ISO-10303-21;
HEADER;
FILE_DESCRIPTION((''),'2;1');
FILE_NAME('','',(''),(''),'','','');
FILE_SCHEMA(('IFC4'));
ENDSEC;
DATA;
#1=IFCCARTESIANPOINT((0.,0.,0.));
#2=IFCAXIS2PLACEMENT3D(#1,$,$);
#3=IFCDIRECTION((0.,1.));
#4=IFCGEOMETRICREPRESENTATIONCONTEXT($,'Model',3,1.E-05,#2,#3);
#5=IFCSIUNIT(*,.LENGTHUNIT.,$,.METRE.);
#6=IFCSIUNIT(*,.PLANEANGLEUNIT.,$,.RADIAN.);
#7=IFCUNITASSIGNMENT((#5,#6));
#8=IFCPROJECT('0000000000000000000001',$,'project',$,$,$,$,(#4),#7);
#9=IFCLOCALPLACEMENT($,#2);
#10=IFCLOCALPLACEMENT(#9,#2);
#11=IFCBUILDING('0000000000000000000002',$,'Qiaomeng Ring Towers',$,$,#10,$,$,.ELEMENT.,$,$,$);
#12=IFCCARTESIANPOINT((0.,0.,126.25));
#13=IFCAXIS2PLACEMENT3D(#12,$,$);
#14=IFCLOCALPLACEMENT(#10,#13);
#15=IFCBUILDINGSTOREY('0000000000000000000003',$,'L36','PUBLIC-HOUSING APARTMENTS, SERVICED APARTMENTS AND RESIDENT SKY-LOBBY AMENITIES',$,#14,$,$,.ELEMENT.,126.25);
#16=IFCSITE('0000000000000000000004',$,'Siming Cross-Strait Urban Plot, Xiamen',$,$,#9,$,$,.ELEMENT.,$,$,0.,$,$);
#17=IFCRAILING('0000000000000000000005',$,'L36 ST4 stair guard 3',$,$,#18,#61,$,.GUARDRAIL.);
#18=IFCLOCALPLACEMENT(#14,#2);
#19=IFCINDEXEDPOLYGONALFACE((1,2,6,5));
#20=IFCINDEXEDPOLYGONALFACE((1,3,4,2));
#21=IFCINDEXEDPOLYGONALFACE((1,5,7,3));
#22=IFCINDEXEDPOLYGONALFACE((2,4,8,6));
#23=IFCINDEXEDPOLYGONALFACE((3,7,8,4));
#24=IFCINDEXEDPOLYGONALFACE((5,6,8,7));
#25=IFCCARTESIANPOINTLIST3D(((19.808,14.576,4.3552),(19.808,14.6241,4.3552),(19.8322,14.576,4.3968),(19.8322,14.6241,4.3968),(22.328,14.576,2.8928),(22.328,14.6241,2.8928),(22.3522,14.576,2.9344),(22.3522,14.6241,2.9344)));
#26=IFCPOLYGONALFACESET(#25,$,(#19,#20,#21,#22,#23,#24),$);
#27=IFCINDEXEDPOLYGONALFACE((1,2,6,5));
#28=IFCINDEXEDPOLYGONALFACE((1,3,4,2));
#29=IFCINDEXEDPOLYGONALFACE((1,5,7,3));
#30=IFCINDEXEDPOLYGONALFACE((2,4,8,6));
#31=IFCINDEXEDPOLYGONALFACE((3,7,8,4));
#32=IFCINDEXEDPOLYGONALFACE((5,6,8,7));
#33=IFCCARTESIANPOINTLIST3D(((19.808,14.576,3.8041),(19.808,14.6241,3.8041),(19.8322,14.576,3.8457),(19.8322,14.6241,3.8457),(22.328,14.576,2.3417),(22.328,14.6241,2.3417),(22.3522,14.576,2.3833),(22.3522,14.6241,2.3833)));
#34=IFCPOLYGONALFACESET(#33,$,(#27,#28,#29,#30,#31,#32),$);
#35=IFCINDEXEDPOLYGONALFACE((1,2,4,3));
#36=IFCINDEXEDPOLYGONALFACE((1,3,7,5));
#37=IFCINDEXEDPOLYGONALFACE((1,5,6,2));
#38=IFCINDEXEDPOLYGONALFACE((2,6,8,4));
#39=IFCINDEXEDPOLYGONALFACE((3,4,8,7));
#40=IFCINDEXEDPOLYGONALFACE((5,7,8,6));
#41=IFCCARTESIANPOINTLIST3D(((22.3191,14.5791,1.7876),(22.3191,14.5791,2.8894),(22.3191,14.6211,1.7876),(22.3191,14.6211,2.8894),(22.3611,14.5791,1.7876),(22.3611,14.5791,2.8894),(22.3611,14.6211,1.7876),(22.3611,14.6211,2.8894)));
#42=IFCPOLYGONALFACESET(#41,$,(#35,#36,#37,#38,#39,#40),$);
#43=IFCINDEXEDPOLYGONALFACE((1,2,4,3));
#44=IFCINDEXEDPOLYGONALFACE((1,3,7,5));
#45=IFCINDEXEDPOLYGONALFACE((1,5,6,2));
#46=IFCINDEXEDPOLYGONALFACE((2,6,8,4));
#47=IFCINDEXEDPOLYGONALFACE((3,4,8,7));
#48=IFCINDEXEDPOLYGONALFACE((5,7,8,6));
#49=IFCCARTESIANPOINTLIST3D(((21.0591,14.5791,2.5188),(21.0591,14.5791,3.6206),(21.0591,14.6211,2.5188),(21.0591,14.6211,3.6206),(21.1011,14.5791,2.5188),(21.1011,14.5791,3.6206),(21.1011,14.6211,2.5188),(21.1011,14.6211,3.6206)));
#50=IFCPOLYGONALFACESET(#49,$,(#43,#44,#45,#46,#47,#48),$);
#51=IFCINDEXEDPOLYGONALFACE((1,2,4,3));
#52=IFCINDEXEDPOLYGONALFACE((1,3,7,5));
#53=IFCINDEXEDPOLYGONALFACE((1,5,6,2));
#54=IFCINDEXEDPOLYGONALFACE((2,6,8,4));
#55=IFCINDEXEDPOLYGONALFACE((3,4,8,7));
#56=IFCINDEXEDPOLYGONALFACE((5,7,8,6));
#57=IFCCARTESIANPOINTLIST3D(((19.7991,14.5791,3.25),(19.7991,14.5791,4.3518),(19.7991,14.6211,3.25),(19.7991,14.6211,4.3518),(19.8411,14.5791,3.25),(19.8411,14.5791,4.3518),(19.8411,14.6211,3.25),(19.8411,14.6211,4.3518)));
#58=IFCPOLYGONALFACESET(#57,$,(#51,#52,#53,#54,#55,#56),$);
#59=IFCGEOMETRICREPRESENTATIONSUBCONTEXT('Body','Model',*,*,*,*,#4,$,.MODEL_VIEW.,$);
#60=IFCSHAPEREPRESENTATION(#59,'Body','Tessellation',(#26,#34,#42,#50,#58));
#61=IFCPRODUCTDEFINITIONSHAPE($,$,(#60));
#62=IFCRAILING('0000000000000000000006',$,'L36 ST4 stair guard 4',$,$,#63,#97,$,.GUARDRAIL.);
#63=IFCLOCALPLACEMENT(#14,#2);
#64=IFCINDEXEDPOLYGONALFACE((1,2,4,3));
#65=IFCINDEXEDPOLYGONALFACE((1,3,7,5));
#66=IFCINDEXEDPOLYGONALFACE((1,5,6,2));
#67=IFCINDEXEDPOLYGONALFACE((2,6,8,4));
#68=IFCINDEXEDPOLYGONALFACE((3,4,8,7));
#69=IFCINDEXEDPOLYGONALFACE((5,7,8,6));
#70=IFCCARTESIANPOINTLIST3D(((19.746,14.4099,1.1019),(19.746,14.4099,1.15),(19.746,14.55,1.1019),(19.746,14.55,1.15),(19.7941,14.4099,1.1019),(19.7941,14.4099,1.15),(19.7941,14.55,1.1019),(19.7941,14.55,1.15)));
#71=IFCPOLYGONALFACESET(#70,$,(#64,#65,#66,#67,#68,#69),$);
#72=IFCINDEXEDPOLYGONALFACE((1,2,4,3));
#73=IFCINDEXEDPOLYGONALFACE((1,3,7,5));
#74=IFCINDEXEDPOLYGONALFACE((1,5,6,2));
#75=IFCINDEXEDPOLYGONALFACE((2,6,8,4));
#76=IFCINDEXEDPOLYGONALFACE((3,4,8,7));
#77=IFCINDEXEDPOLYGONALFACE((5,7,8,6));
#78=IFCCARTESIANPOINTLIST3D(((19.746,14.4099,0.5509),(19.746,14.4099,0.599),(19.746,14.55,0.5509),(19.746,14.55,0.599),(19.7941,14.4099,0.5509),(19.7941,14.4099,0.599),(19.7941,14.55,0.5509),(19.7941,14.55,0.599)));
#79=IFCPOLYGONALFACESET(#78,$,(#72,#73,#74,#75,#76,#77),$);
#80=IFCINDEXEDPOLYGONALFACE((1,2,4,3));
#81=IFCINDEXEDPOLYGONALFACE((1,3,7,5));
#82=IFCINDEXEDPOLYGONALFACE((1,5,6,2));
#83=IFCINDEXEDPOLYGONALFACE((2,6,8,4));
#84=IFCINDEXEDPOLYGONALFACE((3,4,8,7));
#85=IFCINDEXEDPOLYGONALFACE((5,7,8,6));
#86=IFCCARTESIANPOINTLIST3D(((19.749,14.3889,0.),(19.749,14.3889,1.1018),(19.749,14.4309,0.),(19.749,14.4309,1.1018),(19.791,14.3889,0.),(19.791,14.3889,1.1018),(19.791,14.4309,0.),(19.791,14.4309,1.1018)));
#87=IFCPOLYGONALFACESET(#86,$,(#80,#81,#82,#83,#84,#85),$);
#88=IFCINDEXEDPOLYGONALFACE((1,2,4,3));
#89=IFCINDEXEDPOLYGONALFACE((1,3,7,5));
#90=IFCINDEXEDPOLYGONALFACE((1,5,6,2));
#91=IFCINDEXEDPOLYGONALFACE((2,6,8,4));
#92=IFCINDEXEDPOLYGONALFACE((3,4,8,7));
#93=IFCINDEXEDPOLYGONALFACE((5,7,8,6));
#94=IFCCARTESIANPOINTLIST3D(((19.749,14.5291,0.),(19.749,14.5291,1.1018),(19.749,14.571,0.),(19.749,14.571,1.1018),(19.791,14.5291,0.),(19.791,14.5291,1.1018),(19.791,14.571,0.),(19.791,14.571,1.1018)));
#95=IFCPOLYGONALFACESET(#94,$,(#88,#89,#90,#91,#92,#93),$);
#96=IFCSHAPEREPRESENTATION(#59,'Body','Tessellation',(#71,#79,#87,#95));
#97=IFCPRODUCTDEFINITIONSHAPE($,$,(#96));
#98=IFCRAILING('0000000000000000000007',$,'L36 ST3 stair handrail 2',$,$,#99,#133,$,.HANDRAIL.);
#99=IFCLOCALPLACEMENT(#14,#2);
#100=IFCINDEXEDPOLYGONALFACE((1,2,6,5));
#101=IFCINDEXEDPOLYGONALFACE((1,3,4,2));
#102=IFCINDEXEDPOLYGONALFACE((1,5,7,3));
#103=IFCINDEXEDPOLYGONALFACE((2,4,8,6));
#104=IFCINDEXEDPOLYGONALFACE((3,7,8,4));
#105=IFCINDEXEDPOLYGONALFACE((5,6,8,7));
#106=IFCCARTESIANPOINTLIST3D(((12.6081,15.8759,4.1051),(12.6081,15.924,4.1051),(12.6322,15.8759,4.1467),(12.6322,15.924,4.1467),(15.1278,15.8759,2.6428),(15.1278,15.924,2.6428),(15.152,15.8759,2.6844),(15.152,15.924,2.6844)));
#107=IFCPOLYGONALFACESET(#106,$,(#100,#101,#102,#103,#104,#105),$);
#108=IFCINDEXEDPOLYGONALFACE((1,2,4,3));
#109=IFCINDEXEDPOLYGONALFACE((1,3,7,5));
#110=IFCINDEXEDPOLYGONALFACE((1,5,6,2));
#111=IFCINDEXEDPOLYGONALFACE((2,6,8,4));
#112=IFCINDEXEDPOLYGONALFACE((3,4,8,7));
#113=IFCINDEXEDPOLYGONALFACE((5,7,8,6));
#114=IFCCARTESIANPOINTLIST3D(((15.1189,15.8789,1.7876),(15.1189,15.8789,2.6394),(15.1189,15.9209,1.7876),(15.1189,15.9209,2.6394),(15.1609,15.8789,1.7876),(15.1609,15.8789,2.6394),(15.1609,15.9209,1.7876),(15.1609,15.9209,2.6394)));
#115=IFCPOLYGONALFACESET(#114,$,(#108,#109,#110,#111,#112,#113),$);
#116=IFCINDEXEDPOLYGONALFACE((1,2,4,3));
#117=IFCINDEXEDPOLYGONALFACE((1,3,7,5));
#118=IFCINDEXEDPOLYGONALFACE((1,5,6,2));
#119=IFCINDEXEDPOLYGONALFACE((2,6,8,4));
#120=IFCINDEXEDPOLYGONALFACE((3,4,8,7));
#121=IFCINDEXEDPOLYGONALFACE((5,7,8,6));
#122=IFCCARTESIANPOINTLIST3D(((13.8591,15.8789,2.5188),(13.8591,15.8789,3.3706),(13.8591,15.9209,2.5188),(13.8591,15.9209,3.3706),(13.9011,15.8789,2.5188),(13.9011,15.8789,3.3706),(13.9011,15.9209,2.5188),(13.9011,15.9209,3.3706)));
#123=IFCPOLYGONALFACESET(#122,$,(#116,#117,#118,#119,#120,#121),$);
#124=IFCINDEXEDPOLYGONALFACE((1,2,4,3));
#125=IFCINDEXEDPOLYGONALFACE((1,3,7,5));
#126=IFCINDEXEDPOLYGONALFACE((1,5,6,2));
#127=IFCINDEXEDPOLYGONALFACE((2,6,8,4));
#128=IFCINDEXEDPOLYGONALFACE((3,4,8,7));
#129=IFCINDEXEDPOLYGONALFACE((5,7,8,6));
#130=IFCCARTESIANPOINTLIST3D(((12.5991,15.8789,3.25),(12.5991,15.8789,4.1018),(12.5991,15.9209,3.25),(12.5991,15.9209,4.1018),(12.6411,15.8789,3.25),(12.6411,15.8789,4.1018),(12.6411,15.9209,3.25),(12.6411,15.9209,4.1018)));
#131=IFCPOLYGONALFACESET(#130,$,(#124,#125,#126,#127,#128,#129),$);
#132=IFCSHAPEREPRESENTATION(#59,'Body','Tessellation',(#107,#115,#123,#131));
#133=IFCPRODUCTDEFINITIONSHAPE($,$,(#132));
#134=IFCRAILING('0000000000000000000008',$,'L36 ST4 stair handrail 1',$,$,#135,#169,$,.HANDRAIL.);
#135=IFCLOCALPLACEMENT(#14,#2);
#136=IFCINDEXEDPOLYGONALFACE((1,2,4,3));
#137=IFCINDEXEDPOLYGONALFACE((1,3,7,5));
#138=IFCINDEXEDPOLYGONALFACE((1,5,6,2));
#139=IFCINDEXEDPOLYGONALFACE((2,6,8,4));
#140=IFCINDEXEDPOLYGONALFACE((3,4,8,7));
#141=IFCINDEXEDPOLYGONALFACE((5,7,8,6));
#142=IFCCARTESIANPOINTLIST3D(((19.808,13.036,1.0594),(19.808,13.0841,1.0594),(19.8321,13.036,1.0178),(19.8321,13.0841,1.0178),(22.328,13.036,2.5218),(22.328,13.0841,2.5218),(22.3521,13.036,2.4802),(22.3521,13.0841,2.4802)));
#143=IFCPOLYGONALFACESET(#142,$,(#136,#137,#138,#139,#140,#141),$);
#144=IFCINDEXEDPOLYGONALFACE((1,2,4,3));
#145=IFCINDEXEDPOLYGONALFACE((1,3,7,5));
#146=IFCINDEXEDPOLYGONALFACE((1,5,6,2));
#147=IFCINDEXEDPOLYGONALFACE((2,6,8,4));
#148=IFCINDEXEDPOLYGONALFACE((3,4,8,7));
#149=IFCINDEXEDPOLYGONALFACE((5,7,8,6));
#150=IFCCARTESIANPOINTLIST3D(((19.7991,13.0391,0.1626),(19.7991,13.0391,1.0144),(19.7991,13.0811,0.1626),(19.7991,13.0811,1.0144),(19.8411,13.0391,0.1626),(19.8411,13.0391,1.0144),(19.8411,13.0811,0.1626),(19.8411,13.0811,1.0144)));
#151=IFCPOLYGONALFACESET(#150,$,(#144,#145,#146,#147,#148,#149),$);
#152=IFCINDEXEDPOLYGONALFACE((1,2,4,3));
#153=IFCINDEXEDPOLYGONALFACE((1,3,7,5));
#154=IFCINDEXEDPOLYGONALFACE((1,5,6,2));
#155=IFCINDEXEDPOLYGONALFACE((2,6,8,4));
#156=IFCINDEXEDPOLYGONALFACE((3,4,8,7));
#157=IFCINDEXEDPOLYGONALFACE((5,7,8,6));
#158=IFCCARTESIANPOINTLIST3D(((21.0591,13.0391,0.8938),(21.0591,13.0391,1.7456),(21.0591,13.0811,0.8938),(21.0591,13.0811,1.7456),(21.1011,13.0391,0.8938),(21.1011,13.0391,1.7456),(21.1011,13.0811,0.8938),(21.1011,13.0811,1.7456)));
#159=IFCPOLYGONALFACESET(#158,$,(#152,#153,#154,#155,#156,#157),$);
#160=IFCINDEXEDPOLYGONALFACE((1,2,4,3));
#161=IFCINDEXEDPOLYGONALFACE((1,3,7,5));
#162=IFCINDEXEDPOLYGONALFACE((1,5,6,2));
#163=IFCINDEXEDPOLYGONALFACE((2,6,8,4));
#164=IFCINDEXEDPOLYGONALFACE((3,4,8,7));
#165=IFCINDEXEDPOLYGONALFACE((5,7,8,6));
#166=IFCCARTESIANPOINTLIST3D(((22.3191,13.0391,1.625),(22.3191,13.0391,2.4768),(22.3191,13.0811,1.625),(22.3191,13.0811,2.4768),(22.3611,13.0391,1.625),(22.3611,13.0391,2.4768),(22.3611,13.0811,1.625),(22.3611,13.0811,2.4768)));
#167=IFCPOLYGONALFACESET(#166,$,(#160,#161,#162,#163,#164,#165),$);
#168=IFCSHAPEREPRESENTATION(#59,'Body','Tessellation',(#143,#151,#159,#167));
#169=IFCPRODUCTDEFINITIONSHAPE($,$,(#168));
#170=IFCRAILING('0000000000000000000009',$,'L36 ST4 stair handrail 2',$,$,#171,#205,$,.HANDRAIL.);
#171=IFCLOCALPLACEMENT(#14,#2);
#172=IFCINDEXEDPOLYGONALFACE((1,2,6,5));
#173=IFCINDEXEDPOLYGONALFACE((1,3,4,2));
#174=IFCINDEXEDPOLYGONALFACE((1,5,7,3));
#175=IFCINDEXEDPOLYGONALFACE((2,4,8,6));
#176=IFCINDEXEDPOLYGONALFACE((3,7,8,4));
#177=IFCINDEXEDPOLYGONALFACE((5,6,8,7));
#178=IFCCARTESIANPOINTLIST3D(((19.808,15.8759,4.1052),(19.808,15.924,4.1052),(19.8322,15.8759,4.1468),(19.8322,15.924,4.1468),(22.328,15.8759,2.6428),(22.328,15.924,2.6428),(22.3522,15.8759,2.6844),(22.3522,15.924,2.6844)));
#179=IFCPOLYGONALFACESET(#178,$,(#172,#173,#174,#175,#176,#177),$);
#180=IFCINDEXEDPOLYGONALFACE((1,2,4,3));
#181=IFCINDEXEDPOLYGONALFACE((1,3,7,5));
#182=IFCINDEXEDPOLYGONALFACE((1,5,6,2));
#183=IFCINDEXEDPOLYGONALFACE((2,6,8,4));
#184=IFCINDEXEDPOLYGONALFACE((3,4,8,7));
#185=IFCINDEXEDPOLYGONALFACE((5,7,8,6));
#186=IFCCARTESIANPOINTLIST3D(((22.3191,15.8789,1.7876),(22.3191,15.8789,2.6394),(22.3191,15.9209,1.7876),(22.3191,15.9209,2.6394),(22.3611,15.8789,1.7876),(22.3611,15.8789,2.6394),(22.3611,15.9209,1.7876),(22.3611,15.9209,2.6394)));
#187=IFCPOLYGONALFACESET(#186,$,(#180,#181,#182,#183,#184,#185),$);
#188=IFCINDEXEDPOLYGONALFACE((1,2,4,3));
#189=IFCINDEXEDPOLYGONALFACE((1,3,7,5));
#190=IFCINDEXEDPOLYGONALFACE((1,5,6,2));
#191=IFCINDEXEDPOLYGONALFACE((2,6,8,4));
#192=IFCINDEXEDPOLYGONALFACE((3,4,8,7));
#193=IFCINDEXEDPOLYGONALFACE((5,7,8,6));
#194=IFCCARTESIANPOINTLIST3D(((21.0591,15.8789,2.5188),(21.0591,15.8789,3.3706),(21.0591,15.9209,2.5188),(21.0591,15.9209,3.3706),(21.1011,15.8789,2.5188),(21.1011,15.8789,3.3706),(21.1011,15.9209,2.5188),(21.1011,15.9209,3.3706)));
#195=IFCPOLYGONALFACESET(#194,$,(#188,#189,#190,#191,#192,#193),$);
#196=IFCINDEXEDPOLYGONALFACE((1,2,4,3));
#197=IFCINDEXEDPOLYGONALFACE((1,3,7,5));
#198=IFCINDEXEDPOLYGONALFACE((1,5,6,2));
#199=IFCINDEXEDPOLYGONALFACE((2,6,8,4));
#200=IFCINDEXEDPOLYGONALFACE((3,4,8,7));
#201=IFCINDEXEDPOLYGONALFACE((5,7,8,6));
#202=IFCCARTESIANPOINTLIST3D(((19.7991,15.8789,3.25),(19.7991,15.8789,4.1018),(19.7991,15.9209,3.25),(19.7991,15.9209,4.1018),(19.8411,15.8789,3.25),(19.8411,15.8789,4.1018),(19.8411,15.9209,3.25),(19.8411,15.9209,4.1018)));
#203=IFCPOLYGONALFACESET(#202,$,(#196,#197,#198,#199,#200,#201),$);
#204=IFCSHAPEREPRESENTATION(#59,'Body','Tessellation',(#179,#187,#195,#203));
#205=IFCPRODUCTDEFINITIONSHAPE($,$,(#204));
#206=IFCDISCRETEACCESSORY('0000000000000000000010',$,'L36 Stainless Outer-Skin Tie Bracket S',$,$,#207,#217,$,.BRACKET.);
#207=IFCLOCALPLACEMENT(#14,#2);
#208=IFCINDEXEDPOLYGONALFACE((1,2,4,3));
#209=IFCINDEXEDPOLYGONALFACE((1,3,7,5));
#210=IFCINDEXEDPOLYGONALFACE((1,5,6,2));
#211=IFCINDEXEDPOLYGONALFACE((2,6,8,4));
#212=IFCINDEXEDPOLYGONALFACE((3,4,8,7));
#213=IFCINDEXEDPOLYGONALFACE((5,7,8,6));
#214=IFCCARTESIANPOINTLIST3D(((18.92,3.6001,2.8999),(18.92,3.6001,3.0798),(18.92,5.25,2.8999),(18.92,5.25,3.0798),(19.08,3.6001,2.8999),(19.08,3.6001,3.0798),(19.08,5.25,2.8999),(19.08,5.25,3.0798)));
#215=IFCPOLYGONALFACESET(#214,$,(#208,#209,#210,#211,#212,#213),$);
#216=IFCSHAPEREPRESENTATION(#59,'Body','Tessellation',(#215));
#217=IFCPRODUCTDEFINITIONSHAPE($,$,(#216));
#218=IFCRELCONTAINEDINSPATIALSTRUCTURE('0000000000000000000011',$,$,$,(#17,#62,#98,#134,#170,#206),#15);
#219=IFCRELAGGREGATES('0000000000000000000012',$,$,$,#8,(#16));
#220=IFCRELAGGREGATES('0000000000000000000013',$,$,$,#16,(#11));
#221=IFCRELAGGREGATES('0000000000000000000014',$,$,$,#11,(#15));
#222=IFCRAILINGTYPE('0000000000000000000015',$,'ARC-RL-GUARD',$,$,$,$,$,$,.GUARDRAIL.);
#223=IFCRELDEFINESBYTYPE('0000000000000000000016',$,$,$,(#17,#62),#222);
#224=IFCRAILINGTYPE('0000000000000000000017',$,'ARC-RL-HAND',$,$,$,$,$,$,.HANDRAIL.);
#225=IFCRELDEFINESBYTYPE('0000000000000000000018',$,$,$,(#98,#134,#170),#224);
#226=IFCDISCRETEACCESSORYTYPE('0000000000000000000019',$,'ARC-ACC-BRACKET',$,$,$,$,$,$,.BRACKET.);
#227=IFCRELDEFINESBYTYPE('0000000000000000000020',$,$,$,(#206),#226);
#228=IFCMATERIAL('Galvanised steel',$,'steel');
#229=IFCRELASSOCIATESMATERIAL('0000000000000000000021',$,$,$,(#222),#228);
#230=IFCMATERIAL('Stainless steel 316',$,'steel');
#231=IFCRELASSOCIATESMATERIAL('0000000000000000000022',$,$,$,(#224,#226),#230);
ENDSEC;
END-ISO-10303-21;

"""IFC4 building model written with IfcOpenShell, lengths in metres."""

from ifc_helpers import new_model, si_unit, direction, frame, origin, origin_2d, place, context, subcontext, project, spatial, rectangle, extrude, source, transform, mapped, material, type_object, element, save


model = new_model("IFC4")

# Units and contexts
model_context = context("Model", 3, precision=1e-05, world=origin(), true_north=direction((0.0, 1.0)))
body_context = subcontext(model_context, "Body", "Model", "MODEL_VIEW")
ifc_project = project(units=[si_unit("LENGTHUNIT", "METRE"), si_unit("PLANEANGLEUNIT", "RADIAN")], contexts=[model_context])

# Site, building, storey
site_placement = place(None, origin())
site = spatial("IfcSite", under=ifc_project, at=site_placement, Name="Siming Cross-Strait Urban Plot, Xiamen", CompositionType="ELEMENT", RefElevation=0.0)
building_placement = place(site_placement, origin())
building = spatial("IfcBuilding", under=site, at=building_placement, Name="Qiaomeng Ring Towers", CompositionType="ELEMENT")
storey_placement = place(building_placement, frame((0.0, 0.0, 126.25)))
storey = spatial("IfcBuildingStorey", under=building, at=storey_placement, Name="L36", Description="PUBLIC-HOUSING APARTMENTS, SERVICED APARTMENTS AND RESIDENT SKY-LOBBY AMENITIES", CompositionType="ELEMENT", Elevation=126.25)

# Shared definitions
ifc_material_1 = material(Name="Galvanised steel", Category="steel")

# Railings
railing_type_1 = type_object("IfcRailingType", Name="ARC-RL-GUARD", PredefinedType="GUARDRAIL", material=ifc_material_1)
railing_1_placement = place(storey_placement, frame((22.3401, 14.6001, 1.7876)))
element("IfcRailing", 1, at=railing_1_placement, inside=storey, type_object=railing_type_1, Name="L36 ST4 stair guard 3", PredefinedType="GUARDRAIL", context=body_context, shape_type="SweptSolid", body=[
    extrude(rectangle(XDim=0.0481, YDim=0.0481, at=origin_2d()), frame((0.0, 0.0, 1.126), z_axis=(-0.864913, 0.0, 0.501921), x_axis=(0.0, -1.0, 0.0)), (0.0, 0.0, 1.0), 2.9136),
    extrude(rectangle(XDim=0.0481, YDim=0.0481, at=origin_2d()), frame((0.0, 0.0, 0.575), z_axis=(-0.864913, 0.0, 0.501921), x_axis=(0.0, -1.0, 0.0)), (0.0, 0.0, 1.0), 2.9136),
    extrude(rectangle(XDim=0.042, YDim=0.042, at=origin_2d()), origin(), (0.0, 0.0, 1.0), 1.1018),
    extrude(rectangle(XDim=0.042, YDim=0.042, at=origin_2d()), frame((-1.26, 0.0, 0.7312)), (0.0, 0.0, 1.0), 1.1018),
    extrude(rectangle(XDim=0.042, YDim=0.042, at=origin_2d()), frame((-2.52, 0.0, 1.4624)), (0.0, 0.0, 1.0), 1.1018),
])
railing_2_placement = place(storey_placement, frame((19.77, 14.4099, 0.0)))
element("IfcRailing", 2, at=railing_2_placement, inside=storey, type_object=railing_type_1, Name="L36 ST4 stair guard 4", PredefinedType="GUARDRAIL", context=body_context, shape_type="SweptSolid", body=[
    extrude(rectangle(XDim=0.0481, YDim=0.0481, at=origin_2d()), frame((0.0, 0.0, 1.126), z_axis=(0.0, 1.0, 0.0), x_axis=(-1.0, 0.0, 0.0)), (0.0, 0.0, 1.0), 0.1401),
    extrude(rectangle(XDim=0.0481, YDim=0.0481, at=origin_2d()), frame((0.0, 0.0, 0.575), z_axis=(0.0, 1.0, 0.0), x_axis=(-1.0, 0.0, 0.0)), (0.0, 0.0, 1.0), 0.1401),
    extrude(rectangle(XDim=0.042, YDim=0.042, at=origin_2d()), origin(), (0.0, 0.0, 1.0), 1.1018),
    extrude(rectangle(XDim=0.042, YDim=0.042, at=origin_2d()), frame((0.0, 0.1401, 0.0)), (0.0, 0.0, 1.0), 1.1018),
])
ifc_material_2 = material(Name="Stainless steel 316", Category="steel")
railing_type_2 = type_object("IfcRailingType", Name="ARC-RL-HAND", PredefinedType="HANDRAIL", material=ifc_material_2)
railing_3_placement = place(storey_placement, frame((15.1399, 15.8999, 1.7876)))
element("IfcRailing", 3, at=railing_3_placement, inside=storey, type_object=railing_type_2, Name="L36 ST3 stair handrail 2", PredefinedType="HANDRAIL", context=body_context, shape_type="SweptSolid", body=[
    extrude(rectangle(XDim=0.0481, YDim=0.0481, at=origin_2d()), frame((0.0, 0.0, 0.876), z_axis=(-0.864892, 0.0, 0.501958), x_axis=(0.0, -1.0, 0.0)), (0.0, 0.0, 1.0), 2.9133),
    extrude(rectangle(XDim=0.042, YDim=0.042, at=origin_2d()), origin(), (0.0, 0.0, 1.0), 0.8518),
    extrude(rectangle(XDim=0.042, YDim=0.042, at=origin_2d()), frame((-1.2598, 0.0, 0.7312)), (0.0, 0.0, 1.0), 0.8518),
    extrude(rectangle(XDim=0.042, YDim=0.042, at=origin_2d()), frame((-2.5198, 0.0, 1.4624)), (0.0, 0.0, 1.0), 0.8518),
])
railing_4_placement = place(storey_placement, frame((19.8201, 13.0601, 0.1626)))
element("IfcRailing", 4, at=railing_4_placement, inside=storey, type_object=railing_type_2, Name="L36 ST4 stair handrail 1", PredefinedType="HANDRAIL", context=body_context, shape_type="SweptSolid", body=[
    extrude(rectangle(XDim=0.0481, YDim=0.0481, at=origin_2d()), frame((0.0, 0.0, 0.876), z_axis=(0.864913, 0.0, 0.501921), x_axis=(0.0, 1.0, 0.0)), (0.0, 0.0, 1.0), 2.9136),
    extrude(rectangle(XDim=0.042, YDim=0.042, at=origin_2d()), origin(), (0.0, 0.0, 1.0), 0.8518),
    extrude(rectangle(XDim=0.042, YDim=0.042, at=origin_2d()), frame((1.26, 0.0, 0.7312)), (0.0, 0.0, 1.0), 0.8518),
    extrude(rectangle(XDim=0.042, YDim=0.042, at=origin_2d()), frame((2.52, 0.0, 1.4624)), (0.0, 0.0, 1.0), 0.8518),
])
railing_5_placement = place(storey_placement, frame((22.3401, 15.8999, 1.7876)))
element("IfcRailing", 5, at=railing_5_placement, inside=storey, type_object=railing_type_2, Name="L36 ST4 stair handrail 2", PredefinedType="HANDRAIL", context=body_context, shape_type="SweptSolid", body=[
    extrude(rectangle(XDim=0.0481, YDim=0.0481, at=origin_2d()), frame((0.0, 0.0, 0.876), z_axis=(-0.864913, 0.0, 0.501921), x_axis=(0.0, -1.0, 0.0)), (0.0, 0.0, 1.0), 2.9136),
    extrude(rectangle(XDim=0.042, YDim=0.042, at=origin_2d()), origin(), (0.0, 0.0, 1.0), 0.8518),
    extrude(rectangle(XDim=0.042, YDim=0.042, at=origin_2d()), frame((-1.26, 0.0, 0.7312)), (0.0, 0.0, 1.0), 0.8518),
    extrude(rectangle(XDim=0.042, YDim=0.042, at=origin_2d()), frame((-2.52, 0.0, 1.4624)), (0.0, 0.0, 1.0), 0.8518),
])

# Discrete accessory
discrete_accessory_type = type_object("IfcDiscreteAccessoryType", Name="ARC-ACC-BRACKET", PredefinedType="BRACKET", material=ifc_material_2)
shared_shape_1 = source(origin(), body_context, "Body", "SweptSolid", [
    extrude(rectangle(XDim=0.1599, YDim=1.6499, at=origin_2d()), origin(), (0.0, 0.0, 1.0), 0.1799),
])
discrete_accessory_placement = place(storey_placement, frame((19.0, 4.425, 2.8999), z_axis=(0.0, 0.0, 1.0), x_axis=(1.0, 0.0, 0.0)))
element("IfcDiscreteAccessory", 6, at=discrete_accessory_placement, inside=storey, type_object=discrete_accessory_type, Name="L36 Stainless Outer-Skin Tie Bracket S", PredefinedType="BRACKET", context=body_context, shape_type="MappedRepresentation", body=[
    mapped(shared_shape_1, transform((0.0, 0.0, 0.0), x_axis=(1.0, 0.0, 0.0), y_axis=(0.0, 1.0, 0.0), z_axis=(0.0, 0.0, 1.0), scale=1.0)),
])

save(model, "model.ifc")
